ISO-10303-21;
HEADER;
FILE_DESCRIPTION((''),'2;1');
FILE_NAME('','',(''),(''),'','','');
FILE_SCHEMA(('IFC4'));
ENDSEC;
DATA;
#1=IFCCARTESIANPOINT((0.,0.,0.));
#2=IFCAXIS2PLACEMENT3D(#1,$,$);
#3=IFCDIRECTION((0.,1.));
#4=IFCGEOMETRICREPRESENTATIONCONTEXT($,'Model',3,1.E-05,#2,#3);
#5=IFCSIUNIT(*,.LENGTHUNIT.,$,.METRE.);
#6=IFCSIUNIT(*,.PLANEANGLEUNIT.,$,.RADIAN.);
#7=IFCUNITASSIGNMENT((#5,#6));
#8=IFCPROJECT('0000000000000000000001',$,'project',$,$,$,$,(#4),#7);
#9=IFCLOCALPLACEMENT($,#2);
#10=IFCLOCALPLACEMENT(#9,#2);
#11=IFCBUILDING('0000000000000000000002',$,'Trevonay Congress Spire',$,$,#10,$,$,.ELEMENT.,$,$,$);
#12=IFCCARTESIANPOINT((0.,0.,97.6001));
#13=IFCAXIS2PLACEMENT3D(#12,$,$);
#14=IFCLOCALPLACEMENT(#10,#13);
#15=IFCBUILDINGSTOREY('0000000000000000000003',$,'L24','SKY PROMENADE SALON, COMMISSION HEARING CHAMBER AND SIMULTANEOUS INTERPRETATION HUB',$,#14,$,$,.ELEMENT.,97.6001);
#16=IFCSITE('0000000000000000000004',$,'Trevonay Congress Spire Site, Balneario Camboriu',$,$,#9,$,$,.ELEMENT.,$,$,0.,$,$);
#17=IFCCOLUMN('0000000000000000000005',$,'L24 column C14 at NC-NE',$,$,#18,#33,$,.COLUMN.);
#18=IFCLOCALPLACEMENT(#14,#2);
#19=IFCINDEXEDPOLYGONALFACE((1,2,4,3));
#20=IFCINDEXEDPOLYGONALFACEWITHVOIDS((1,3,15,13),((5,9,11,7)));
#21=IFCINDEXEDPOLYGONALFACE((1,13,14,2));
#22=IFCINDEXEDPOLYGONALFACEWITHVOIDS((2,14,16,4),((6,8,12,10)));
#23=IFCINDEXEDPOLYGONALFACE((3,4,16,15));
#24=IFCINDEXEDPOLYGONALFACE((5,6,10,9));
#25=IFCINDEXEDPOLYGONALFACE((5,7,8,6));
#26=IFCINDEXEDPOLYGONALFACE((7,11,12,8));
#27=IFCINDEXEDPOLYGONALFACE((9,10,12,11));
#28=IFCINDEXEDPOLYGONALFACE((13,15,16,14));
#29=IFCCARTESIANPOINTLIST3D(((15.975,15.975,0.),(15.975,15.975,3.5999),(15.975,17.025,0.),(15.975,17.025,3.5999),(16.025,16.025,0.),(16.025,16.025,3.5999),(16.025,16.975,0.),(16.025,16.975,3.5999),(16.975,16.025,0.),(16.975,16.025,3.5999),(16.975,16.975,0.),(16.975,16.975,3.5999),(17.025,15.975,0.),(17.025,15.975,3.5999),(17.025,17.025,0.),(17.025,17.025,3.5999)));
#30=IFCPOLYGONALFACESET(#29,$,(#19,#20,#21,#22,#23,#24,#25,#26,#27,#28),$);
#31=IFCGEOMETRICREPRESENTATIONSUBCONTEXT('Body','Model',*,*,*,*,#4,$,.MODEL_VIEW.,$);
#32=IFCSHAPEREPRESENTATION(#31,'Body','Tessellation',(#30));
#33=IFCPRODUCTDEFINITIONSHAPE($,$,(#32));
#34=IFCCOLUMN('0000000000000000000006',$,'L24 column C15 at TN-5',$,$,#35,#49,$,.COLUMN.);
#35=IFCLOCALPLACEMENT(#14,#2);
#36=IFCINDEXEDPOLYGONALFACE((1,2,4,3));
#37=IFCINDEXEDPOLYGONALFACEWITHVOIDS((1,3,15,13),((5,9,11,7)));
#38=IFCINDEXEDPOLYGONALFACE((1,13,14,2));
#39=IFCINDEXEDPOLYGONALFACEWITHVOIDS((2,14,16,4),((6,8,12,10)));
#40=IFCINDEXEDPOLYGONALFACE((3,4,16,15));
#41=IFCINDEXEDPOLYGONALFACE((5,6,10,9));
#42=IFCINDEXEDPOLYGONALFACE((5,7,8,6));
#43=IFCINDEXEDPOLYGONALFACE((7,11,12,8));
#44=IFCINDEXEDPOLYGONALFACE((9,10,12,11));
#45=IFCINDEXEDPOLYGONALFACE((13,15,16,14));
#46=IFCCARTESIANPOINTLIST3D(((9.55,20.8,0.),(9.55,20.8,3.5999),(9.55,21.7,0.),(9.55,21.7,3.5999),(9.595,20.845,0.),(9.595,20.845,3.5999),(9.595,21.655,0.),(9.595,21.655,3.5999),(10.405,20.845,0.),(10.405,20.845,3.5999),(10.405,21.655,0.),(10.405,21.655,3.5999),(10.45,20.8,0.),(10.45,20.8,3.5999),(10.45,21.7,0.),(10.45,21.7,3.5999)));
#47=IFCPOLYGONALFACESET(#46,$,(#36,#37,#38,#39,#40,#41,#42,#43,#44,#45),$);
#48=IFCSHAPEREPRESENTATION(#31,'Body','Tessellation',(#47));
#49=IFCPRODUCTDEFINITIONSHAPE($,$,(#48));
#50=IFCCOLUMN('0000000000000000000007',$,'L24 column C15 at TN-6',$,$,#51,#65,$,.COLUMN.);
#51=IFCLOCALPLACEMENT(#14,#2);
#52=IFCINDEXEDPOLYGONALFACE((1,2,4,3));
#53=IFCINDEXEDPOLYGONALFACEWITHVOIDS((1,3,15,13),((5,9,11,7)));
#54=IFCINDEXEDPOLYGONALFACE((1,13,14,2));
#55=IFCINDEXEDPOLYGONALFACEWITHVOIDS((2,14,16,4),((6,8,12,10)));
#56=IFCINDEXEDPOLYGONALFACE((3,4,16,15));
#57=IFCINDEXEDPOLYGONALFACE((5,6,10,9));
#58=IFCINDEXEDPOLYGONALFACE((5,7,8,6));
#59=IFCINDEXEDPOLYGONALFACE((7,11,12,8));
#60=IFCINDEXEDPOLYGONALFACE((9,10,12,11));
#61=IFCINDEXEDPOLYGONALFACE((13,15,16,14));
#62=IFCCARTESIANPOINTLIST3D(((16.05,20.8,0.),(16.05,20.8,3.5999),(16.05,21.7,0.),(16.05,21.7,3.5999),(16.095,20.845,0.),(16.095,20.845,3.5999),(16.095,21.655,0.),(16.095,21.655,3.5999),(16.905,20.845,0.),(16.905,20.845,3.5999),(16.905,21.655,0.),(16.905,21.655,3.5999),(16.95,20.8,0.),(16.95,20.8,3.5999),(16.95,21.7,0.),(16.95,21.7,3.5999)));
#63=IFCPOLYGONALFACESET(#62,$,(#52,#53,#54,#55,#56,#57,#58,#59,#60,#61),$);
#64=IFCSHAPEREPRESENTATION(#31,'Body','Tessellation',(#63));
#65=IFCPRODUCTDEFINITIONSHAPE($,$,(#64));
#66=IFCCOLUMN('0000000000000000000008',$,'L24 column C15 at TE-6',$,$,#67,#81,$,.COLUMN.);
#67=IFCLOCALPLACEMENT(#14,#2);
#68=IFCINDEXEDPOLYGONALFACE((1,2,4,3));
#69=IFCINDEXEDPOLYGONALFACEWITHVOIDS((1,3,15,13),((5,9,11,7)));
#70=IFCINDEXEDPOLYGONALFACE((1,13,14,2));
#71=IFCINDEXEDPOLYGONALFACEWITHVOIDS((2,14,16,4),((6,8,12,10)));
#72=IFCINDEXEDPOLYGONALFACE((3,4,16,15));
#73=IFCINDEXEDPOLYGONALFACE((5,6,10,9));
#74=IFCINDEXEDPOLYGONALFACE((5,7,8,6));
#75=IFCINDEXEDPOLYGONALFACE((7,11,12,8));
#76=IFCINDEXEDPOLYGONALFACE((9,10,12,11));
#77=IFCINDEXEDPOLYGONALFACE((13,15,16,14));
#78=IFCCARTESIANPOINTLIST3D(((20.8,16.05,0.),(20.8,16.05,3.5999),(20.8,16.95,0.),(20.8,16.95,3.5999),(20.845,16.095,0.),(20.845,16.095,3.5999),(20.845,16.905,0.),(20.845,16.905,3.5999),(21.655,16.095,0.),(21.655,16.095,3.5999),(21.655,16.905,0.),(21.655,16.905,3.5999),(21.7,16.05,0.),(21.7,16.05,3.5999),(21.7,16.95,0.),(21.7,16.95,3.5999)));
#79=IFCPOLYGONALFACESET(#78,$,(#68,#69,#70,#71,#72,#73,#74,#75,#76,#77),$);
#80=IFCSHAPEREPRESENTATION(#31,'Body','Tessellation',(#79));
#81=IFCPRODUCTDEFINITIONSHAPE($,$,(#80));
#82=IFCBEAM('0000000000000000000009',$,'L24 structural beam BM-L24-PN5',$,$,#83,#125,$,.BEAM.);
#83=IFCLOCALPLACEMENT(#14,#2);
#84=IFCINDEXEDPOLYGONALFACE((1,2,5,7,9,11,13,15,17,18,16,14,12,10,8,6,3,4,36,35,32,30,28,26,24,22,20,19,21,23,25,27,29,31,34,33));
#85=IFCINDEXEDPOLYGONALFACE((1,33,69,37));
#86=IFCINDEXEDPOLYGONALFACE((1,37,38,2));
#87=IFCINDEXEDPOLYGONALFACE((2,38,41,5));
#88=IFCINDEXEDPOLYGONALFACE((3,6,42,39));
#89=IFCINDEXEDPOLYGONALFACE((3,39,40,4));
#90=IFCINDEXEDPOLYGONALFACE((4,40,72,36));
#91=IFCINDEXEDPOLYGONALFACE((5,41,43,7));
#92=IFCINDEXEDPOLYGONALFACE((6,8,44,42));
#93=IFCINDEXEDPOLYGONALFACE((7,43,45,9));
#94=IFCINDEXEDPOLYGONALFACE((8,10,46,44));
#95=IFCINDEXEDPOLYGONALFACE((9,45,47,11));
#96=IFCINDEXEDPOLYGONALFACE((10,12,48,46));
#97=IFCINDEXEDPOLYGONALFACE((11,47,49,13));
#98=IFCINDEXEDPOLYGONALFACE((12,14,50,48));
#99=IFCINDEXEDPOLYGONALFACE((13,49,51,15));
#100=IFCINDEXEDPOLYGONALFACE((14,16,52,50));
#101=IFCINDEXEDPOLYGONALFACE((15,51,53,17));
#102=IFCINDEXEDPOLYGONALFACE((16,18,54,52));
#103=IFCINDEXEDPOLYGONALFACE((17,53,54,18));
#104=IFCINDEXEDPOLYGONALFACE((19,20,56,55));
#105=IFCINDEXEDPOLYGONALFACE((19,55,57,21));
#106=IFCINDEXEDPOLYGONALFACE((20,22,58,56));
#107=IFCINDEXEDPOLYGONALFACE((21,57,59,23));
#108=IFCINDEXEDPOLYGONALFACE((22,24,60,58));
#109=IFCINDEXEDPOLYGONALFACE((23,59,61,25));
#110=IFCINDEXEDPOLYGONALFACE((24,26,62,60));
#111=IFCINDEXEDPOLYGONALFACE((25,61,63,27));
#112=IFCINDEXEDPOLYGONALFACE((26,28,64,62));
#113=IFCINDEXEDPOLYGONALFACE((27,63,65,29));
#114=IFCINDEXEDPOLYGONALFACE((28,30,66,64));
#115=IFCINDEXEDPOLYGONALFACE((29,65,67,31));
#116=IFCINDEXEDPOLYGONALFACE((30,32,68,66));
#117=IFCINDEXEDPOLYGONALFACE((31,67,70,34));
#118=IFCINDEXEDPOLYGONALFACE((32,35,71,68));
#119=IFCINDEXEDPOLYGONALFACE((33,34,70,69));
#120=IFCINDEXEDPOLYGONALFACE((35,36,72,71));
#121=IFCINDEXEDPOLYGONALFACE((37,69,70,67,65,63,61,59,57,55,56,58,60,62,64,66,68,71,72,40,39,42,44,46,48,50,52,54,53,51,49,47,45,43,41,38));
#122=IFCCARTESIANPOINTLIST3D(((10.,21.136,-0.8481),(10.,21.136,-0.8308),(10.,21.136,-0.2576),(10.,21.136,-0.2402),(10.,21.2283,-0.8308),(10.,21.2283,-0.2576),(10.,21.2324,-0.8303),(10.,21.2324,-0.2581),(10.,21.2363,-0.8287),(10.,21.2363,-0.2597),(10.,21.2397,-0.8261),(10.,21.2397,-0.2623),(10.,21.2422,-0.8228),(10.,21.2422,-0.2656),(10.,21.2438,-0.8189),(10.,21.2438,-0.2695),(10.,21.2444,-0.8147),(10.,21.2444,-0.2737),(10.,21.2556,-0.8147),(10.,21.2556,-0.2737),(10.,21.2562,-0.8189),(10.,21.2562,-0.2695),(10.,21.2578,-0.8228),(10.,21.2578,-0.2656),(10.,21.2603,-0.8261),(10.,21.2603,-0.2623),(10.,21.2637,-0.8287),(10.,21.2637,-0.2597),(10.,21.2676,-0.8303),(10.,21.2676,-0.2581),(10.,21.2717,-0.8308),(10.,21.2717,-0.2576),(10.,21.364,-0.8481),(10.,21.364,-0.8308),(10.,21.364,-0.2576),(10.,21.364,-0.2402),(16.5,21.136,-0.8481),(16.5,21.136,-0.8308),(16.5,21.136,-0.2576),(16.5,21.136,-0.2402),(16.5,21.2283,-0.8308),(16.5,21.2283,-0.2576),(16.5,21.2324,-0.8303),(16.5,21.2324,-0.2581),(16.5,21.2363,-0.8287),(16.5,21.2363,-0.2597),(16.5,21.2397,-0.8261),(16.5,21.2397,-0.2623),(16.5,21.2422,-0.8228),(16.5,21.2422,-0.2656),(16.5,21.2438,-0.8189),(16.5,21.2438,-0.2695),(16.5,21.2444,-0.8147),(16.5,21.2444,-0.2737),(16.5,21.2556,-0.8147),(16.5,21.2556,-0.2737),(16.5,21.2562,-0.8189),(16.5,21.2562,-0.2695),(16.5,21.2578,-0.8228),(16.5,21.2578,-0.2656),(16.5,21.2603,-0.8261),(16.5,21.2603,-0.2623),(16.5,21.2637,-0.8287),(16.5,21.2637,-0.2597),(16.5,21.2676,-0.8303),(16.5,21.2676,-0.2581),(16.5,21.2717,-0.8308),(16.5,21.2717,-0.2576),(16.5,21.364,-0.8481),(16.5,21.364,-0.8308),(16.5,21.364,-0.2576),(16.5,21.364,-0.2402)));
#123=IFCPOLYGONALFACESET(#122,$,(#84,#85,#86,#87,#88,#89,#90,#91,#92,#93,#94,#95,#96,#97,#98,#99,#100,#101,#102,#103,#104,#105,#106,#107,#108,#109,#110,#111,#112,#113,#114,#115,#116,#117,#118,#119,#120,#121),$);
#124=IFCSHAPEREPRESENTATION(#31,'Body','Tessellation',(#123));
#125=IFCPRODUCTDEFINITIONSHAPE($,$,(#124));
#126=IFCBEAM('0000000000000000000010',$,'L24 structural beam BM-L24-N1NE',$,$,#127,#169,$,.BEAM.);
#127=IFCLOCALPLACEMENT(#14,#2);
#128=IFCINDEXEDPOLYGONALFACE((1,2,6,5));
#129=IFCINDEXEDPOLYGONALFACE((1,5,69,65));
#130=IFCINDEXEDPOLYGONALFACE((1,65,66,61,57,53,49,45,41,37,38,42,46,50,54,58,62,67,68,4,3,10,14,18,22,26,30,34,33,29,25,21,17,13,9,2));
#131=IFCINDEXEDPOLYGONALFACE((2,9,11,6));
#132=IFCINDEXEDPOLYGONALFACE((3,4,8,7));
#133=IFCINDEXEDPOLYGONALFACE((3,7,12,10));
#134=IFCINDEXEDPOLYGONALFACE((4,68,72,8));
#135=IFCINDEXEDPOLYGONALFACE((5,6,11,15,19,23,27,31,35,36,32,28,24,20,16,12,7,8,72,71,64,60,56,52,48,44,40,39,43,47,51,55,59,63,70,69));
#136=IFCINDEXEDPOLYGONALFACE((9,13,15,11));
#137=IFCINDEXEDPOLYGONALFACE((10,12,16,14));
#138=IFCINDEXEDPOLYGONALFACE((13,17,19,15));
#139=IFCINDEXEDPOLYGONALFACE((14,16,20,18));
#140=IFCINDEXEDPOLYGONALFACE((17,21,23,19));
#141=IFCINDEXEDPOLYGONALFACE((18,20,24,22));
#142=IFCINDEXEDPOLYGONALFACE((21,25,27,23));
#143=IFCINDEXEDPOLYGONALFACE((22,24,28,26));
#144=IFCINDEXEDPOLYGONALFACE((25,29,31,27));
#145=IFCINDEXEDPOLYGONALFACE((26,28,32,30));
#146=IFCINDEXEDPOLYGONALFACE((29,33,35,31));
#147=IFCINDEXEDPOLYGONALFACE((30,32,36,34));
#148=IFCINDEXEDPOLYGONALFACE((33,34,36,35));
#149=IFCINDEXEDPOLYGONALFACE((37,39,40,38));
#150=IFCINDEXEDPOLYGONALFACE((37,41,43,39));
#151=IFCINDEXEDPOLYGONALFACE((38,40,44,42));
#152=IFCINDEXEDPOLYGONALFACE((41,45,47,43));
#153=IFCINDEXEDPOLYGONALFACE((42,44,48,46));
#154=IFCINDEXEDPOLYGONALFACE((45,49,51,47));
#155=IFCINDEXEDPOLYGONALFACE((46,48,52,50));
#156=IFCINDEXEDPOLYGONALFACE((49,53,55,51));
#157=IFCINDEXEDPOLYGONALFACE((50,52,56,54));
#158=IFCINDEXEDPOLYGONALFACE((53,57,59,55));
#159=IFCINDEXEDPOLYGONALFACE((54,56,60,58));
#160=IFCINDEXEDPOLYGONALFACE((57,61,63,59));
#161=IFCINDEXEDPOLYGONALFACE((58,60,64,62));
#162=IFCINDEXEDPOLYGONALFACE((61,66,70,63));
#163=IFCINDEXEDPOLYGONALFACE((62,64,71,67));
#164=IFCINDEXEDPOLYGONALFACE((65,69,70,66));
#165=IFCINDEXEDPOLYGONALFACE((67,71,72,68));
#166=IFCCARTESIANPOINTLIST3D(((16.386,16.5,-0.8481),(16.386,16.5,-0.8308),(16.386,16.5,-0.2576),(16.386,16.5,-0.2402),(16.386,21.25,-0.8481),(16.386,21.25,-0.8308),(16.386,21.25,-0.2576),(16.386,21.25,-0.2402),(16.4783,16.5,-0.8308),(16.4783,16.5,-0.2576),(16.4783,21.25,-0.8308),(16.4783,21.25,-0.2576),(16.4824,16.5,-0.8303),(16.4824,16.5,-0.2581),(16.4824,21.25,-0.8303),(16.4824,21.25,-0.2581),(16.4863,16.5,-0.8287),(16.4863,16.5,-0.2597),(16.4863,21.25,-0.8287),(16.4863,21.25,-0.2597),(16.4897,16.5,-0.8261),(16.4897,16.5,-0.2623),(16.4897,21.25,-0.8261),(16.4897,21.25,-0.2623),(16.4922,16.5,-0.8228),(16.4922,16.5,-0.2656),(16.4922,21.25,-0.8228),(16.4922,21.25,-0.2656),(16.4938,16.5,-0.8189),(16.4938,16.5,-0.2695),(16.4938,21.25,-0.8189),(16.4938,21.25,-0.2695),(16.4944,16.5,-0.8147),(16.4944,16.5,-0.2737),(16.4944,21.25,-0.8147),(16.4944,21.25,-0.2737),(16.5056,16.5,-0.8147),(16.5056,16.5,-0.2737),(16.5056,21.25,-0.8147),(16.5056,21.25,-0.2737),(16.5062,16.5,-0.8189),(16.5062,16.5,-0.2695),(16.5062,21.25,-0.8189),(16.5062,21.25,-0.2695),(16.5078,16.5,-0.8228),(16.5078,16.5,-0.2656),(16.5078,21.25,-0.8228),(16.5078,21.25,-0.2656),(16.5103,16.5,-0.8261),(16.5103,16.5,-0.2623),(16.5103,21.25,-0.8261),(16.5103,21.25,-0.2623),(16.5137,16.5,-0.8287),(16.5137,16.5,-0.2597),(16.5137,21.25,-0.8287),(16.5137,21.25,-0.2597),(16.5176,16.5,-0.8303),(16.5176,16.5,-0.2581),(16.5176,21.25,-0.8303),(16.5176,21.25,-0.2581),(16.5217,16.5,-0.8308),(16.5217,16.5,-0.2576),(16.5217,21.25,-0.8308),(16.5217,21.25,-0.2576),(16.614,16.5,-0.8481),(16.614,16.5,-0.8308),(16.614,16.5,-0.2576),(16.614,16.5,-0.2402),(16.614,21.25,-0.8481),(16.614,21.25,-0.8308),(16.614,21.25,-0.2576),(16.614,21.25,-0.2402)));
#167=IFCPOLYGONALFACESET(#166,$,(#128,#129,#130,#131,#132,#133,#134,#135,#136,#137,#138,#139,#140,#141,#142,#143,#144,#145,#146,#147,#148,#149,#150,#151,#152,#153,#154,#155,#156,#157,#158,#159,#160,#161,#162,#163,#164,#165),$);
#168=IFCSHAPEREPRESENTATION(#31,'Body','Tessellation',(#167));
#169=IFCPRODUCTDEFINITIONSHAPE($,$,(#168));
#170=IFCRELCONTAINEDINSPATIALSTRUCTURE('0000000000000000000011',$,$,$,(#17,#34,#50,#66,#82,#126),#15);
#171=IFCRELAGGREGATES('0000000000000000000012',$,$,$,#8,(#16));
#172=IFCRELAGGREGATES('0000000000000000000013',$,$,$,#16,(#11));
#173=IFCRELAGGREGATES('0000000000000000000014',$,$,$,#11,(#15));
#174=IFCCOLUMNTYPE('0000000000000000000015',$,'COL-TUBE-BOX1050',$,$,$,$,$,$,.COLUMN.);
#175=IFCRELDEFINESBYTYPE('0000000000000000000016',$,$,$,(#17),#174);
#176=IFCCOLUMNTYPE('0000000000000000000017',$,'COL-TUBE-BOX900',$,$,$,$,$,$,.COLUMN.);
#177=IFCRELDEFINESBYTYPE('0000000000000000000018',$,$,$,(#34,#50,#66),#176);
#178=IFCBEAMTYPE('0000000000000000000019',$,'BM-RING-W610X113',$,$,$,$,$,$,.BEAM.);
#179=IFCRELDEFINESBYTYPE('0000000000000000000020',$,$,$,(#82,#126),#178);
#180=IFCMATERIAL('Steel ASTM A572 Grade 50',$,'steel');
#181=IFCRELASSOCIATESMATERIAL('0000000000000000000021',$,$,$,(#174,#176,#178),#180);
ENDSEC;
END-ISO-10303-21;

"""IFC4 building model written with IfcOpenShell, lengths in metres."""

from ifc_helpers import new_model, si_unit, direction, frame, origin, origin_2d, place, context, subcontext, project, spatial, hollow_rectangle, i_section, extrude, material, material_profile, profile_set, type_object, element, save


model = new_model("IFC4")

# Units and contexts
model_context = context("Model", 3, precision=1e-05, world=origin(), true_north=direction((0.0, 1.0)))
body_context = subcontext(model_context, "Body", "Model", "MODEL_VIEW")
ifc_project = project(units=[si_unit("LENGTHUNIT", "METRE"), si_unit("PLANEANGLEUNIT", "RADIAN")], contexts=[model_context])

# Site, building, storey
site_placement = place(None, origin())
site = spatial("IfcSite", under=ifc_project, at=site_placement, Name="Trevonay Congress Spire Site, Balneario Camboriu", CompositionType="ELEMENT", RefElevation=0.0)
building_placement = place(site_placement, origin())
building = spatial("IfcBuilding", under=site, at=building_placement, Name="Trevonay Congress Spire", CompositionType="ELEMENT")
storey_placement = place(building_placement, frame((0.0, 0.0, 97.6001)))
storey = spatial("IfcBuildingStorey", under=building, at=storey_placement, Name="L24", Description="SKY PROMENADE SALON, COMMISSION HEARING CHAMBER AND SIMULTANEOUS INTERPRETATION HUB", CompositionType="ELEMENT", Elevation=97.6001)

# Columns
ifc_material_1 = material(Name="Steel ASTM A572 Grade 50", Category="steel")
ifc_material_profile_1 = material_profile(ifc_material_1, hollow_rectangle(XDim=1.05, YDim=1.05, WallThickness=0.05, at=origin_2d()), Name="BOX 1050x1050x50")
ifc_profile_set_1 = profile_set([ifc_material_profile_1], Name="Steel ASTM A572 Grade 50")
column_type_1 = type_object("IfcColumnType", Name="COL-TUBE-BOX1050", PredefinedType="COLUMN", material=ifc_profile_set_1)
column_placement = place(storey_placement, frame((16.5, 16.5, 0.0), z_axis=(0.0, 0.0, 1.0), x_axis=(1.0, 0.0, 0.0)))
element("IfcColumn", 1, at=column_placement, inside=storey, type_object=column_type_1, Name="L24 column C14 at NC-NE", PredefinedType="COLUMN", context=body_context, shape_type="SweptSolid", body=[
    extrude(hollow_rectangle(XDim=1.05, YDim=1.05, WallThickness=0.05, at=origin_2d()), origin(), (0.0, 0.0, 1.0), 3.5999),
])
ifc_material_profile_2 = material_profile(ifc_material_1, hollow_rectangle(XDim=0.8999, YDim=0.8999, WallThickness=0.0449, at=origin_2d()), Name="BOX 900x900x45")
ifc_profile_set_2 = profile_set([ifc_material_profile_2], Name="Steel ASTM A572 Grade 50")
column_type_2 = type_object("IfcColumnType", Name="COL-TUBE-BOX900", PredefinedType="COLUMN", material=ifc_profile_set_2)
for number, where, z_axis, x_axis, name in (
    (2, (10.0, 21.25, 0.0), (0.0, 0.0, 1.0), (1.0, 0.0, 0.0), "L24 column C15 at TN-5"),
    (3, (16.5, 21.25, 0.0), (0.0, 0.0, 1.0), (1.0, 0.0, 0.0), "L24 column C15 at TN-6"),
    (4, (21.25, 16.5, 0.0), (0.0, 0.0, 1.0), (1.0, 0.0, 0.0), "L24 column C15 at TE-6"),
):
    element("IfcColumn", number, at=place(storey_placement, frame(where, z_axis=z_axis, x_axis=x_axis)), inside=storey, type_object=column_type_2, Name=name, PredefinedType="COLUMN", context=body_context, shape_type="SweptSolid", body=[
        extrude(hollow_rectangle(XDim=0.8999, YDim=0.8999, WallThickness=0.0449, at=origin_2d()), origin(), (0.0, 0.0, 1.0), 3.5999),
    ])

# Beams
ifc_material_profile_3 = material_profile(ifc_material_1, i_section(OverallWidth=0.228, OverallDepth=0.6079, WebThickness=0.0112, FlangeThickness=0.0173, FilletRadius=0.0161, at=origin_2d()), Name="W610x113")
ifc_profile_set_3 = profile_set([ifc_material_profile_3], Name="Steel ASTM A572 Grade 50")
beam_type = type_object("IfcBeamType", Name="BM-RING-W610X113", PredefinedType="BEAM", material=ifc_profile_set_3)
beam_placement = place(storey_placement, frame((10.0, 21.25, -0.5442), z_axis=(1.0, 0.0, 0.0), x_axis=(0.0, 1.0, 0.0)))
element("IfcBeam", 5, at=beam_placement, inside=storey, type_object=beam_type, Name="L24 structural beam BM-L24-PN5", PredefinedType="BEAM", context=body_context, shape_type="SweptSolid", body=[
    extrude(i_section(OverallWidth=0.228, OverallDepth=0.6079, WebThickness=0.0112, FlangeThickness=0.0173, FilletRadius=0.0161, at=origin_2d()), origin(), (0.0, 0.0, 1.0), 6.5),
])
for number, where, z_axis, x_axis, name in (
    (6, (16.5, 21.25, -0.5442), (0.0, -1.0, 0.0), (1.0, 0.0, 0.0), "L24 structural beam BM-L24-N1NE"),
):
    element("IfcBeam", number, at=place(storey_placement, frame(where, z_axis=z_axis, x_axis=x_axis)), inside=storey, type_object=beam_type, Name=name, PredefinedType="BEAM", context=body_context, shape_type="SweptSolid", body=[
        extrude(i_section(OverallWidth=0.228, OverallDepth=0.6079, WebThickness=0.0112, FlangeThickness=0.0173, FilletRadius=0.0161, at=origin_2d()), origin(), (0.0, 0.0, 1.0), 4.75),
    ])

save(model, "model.ifc")
